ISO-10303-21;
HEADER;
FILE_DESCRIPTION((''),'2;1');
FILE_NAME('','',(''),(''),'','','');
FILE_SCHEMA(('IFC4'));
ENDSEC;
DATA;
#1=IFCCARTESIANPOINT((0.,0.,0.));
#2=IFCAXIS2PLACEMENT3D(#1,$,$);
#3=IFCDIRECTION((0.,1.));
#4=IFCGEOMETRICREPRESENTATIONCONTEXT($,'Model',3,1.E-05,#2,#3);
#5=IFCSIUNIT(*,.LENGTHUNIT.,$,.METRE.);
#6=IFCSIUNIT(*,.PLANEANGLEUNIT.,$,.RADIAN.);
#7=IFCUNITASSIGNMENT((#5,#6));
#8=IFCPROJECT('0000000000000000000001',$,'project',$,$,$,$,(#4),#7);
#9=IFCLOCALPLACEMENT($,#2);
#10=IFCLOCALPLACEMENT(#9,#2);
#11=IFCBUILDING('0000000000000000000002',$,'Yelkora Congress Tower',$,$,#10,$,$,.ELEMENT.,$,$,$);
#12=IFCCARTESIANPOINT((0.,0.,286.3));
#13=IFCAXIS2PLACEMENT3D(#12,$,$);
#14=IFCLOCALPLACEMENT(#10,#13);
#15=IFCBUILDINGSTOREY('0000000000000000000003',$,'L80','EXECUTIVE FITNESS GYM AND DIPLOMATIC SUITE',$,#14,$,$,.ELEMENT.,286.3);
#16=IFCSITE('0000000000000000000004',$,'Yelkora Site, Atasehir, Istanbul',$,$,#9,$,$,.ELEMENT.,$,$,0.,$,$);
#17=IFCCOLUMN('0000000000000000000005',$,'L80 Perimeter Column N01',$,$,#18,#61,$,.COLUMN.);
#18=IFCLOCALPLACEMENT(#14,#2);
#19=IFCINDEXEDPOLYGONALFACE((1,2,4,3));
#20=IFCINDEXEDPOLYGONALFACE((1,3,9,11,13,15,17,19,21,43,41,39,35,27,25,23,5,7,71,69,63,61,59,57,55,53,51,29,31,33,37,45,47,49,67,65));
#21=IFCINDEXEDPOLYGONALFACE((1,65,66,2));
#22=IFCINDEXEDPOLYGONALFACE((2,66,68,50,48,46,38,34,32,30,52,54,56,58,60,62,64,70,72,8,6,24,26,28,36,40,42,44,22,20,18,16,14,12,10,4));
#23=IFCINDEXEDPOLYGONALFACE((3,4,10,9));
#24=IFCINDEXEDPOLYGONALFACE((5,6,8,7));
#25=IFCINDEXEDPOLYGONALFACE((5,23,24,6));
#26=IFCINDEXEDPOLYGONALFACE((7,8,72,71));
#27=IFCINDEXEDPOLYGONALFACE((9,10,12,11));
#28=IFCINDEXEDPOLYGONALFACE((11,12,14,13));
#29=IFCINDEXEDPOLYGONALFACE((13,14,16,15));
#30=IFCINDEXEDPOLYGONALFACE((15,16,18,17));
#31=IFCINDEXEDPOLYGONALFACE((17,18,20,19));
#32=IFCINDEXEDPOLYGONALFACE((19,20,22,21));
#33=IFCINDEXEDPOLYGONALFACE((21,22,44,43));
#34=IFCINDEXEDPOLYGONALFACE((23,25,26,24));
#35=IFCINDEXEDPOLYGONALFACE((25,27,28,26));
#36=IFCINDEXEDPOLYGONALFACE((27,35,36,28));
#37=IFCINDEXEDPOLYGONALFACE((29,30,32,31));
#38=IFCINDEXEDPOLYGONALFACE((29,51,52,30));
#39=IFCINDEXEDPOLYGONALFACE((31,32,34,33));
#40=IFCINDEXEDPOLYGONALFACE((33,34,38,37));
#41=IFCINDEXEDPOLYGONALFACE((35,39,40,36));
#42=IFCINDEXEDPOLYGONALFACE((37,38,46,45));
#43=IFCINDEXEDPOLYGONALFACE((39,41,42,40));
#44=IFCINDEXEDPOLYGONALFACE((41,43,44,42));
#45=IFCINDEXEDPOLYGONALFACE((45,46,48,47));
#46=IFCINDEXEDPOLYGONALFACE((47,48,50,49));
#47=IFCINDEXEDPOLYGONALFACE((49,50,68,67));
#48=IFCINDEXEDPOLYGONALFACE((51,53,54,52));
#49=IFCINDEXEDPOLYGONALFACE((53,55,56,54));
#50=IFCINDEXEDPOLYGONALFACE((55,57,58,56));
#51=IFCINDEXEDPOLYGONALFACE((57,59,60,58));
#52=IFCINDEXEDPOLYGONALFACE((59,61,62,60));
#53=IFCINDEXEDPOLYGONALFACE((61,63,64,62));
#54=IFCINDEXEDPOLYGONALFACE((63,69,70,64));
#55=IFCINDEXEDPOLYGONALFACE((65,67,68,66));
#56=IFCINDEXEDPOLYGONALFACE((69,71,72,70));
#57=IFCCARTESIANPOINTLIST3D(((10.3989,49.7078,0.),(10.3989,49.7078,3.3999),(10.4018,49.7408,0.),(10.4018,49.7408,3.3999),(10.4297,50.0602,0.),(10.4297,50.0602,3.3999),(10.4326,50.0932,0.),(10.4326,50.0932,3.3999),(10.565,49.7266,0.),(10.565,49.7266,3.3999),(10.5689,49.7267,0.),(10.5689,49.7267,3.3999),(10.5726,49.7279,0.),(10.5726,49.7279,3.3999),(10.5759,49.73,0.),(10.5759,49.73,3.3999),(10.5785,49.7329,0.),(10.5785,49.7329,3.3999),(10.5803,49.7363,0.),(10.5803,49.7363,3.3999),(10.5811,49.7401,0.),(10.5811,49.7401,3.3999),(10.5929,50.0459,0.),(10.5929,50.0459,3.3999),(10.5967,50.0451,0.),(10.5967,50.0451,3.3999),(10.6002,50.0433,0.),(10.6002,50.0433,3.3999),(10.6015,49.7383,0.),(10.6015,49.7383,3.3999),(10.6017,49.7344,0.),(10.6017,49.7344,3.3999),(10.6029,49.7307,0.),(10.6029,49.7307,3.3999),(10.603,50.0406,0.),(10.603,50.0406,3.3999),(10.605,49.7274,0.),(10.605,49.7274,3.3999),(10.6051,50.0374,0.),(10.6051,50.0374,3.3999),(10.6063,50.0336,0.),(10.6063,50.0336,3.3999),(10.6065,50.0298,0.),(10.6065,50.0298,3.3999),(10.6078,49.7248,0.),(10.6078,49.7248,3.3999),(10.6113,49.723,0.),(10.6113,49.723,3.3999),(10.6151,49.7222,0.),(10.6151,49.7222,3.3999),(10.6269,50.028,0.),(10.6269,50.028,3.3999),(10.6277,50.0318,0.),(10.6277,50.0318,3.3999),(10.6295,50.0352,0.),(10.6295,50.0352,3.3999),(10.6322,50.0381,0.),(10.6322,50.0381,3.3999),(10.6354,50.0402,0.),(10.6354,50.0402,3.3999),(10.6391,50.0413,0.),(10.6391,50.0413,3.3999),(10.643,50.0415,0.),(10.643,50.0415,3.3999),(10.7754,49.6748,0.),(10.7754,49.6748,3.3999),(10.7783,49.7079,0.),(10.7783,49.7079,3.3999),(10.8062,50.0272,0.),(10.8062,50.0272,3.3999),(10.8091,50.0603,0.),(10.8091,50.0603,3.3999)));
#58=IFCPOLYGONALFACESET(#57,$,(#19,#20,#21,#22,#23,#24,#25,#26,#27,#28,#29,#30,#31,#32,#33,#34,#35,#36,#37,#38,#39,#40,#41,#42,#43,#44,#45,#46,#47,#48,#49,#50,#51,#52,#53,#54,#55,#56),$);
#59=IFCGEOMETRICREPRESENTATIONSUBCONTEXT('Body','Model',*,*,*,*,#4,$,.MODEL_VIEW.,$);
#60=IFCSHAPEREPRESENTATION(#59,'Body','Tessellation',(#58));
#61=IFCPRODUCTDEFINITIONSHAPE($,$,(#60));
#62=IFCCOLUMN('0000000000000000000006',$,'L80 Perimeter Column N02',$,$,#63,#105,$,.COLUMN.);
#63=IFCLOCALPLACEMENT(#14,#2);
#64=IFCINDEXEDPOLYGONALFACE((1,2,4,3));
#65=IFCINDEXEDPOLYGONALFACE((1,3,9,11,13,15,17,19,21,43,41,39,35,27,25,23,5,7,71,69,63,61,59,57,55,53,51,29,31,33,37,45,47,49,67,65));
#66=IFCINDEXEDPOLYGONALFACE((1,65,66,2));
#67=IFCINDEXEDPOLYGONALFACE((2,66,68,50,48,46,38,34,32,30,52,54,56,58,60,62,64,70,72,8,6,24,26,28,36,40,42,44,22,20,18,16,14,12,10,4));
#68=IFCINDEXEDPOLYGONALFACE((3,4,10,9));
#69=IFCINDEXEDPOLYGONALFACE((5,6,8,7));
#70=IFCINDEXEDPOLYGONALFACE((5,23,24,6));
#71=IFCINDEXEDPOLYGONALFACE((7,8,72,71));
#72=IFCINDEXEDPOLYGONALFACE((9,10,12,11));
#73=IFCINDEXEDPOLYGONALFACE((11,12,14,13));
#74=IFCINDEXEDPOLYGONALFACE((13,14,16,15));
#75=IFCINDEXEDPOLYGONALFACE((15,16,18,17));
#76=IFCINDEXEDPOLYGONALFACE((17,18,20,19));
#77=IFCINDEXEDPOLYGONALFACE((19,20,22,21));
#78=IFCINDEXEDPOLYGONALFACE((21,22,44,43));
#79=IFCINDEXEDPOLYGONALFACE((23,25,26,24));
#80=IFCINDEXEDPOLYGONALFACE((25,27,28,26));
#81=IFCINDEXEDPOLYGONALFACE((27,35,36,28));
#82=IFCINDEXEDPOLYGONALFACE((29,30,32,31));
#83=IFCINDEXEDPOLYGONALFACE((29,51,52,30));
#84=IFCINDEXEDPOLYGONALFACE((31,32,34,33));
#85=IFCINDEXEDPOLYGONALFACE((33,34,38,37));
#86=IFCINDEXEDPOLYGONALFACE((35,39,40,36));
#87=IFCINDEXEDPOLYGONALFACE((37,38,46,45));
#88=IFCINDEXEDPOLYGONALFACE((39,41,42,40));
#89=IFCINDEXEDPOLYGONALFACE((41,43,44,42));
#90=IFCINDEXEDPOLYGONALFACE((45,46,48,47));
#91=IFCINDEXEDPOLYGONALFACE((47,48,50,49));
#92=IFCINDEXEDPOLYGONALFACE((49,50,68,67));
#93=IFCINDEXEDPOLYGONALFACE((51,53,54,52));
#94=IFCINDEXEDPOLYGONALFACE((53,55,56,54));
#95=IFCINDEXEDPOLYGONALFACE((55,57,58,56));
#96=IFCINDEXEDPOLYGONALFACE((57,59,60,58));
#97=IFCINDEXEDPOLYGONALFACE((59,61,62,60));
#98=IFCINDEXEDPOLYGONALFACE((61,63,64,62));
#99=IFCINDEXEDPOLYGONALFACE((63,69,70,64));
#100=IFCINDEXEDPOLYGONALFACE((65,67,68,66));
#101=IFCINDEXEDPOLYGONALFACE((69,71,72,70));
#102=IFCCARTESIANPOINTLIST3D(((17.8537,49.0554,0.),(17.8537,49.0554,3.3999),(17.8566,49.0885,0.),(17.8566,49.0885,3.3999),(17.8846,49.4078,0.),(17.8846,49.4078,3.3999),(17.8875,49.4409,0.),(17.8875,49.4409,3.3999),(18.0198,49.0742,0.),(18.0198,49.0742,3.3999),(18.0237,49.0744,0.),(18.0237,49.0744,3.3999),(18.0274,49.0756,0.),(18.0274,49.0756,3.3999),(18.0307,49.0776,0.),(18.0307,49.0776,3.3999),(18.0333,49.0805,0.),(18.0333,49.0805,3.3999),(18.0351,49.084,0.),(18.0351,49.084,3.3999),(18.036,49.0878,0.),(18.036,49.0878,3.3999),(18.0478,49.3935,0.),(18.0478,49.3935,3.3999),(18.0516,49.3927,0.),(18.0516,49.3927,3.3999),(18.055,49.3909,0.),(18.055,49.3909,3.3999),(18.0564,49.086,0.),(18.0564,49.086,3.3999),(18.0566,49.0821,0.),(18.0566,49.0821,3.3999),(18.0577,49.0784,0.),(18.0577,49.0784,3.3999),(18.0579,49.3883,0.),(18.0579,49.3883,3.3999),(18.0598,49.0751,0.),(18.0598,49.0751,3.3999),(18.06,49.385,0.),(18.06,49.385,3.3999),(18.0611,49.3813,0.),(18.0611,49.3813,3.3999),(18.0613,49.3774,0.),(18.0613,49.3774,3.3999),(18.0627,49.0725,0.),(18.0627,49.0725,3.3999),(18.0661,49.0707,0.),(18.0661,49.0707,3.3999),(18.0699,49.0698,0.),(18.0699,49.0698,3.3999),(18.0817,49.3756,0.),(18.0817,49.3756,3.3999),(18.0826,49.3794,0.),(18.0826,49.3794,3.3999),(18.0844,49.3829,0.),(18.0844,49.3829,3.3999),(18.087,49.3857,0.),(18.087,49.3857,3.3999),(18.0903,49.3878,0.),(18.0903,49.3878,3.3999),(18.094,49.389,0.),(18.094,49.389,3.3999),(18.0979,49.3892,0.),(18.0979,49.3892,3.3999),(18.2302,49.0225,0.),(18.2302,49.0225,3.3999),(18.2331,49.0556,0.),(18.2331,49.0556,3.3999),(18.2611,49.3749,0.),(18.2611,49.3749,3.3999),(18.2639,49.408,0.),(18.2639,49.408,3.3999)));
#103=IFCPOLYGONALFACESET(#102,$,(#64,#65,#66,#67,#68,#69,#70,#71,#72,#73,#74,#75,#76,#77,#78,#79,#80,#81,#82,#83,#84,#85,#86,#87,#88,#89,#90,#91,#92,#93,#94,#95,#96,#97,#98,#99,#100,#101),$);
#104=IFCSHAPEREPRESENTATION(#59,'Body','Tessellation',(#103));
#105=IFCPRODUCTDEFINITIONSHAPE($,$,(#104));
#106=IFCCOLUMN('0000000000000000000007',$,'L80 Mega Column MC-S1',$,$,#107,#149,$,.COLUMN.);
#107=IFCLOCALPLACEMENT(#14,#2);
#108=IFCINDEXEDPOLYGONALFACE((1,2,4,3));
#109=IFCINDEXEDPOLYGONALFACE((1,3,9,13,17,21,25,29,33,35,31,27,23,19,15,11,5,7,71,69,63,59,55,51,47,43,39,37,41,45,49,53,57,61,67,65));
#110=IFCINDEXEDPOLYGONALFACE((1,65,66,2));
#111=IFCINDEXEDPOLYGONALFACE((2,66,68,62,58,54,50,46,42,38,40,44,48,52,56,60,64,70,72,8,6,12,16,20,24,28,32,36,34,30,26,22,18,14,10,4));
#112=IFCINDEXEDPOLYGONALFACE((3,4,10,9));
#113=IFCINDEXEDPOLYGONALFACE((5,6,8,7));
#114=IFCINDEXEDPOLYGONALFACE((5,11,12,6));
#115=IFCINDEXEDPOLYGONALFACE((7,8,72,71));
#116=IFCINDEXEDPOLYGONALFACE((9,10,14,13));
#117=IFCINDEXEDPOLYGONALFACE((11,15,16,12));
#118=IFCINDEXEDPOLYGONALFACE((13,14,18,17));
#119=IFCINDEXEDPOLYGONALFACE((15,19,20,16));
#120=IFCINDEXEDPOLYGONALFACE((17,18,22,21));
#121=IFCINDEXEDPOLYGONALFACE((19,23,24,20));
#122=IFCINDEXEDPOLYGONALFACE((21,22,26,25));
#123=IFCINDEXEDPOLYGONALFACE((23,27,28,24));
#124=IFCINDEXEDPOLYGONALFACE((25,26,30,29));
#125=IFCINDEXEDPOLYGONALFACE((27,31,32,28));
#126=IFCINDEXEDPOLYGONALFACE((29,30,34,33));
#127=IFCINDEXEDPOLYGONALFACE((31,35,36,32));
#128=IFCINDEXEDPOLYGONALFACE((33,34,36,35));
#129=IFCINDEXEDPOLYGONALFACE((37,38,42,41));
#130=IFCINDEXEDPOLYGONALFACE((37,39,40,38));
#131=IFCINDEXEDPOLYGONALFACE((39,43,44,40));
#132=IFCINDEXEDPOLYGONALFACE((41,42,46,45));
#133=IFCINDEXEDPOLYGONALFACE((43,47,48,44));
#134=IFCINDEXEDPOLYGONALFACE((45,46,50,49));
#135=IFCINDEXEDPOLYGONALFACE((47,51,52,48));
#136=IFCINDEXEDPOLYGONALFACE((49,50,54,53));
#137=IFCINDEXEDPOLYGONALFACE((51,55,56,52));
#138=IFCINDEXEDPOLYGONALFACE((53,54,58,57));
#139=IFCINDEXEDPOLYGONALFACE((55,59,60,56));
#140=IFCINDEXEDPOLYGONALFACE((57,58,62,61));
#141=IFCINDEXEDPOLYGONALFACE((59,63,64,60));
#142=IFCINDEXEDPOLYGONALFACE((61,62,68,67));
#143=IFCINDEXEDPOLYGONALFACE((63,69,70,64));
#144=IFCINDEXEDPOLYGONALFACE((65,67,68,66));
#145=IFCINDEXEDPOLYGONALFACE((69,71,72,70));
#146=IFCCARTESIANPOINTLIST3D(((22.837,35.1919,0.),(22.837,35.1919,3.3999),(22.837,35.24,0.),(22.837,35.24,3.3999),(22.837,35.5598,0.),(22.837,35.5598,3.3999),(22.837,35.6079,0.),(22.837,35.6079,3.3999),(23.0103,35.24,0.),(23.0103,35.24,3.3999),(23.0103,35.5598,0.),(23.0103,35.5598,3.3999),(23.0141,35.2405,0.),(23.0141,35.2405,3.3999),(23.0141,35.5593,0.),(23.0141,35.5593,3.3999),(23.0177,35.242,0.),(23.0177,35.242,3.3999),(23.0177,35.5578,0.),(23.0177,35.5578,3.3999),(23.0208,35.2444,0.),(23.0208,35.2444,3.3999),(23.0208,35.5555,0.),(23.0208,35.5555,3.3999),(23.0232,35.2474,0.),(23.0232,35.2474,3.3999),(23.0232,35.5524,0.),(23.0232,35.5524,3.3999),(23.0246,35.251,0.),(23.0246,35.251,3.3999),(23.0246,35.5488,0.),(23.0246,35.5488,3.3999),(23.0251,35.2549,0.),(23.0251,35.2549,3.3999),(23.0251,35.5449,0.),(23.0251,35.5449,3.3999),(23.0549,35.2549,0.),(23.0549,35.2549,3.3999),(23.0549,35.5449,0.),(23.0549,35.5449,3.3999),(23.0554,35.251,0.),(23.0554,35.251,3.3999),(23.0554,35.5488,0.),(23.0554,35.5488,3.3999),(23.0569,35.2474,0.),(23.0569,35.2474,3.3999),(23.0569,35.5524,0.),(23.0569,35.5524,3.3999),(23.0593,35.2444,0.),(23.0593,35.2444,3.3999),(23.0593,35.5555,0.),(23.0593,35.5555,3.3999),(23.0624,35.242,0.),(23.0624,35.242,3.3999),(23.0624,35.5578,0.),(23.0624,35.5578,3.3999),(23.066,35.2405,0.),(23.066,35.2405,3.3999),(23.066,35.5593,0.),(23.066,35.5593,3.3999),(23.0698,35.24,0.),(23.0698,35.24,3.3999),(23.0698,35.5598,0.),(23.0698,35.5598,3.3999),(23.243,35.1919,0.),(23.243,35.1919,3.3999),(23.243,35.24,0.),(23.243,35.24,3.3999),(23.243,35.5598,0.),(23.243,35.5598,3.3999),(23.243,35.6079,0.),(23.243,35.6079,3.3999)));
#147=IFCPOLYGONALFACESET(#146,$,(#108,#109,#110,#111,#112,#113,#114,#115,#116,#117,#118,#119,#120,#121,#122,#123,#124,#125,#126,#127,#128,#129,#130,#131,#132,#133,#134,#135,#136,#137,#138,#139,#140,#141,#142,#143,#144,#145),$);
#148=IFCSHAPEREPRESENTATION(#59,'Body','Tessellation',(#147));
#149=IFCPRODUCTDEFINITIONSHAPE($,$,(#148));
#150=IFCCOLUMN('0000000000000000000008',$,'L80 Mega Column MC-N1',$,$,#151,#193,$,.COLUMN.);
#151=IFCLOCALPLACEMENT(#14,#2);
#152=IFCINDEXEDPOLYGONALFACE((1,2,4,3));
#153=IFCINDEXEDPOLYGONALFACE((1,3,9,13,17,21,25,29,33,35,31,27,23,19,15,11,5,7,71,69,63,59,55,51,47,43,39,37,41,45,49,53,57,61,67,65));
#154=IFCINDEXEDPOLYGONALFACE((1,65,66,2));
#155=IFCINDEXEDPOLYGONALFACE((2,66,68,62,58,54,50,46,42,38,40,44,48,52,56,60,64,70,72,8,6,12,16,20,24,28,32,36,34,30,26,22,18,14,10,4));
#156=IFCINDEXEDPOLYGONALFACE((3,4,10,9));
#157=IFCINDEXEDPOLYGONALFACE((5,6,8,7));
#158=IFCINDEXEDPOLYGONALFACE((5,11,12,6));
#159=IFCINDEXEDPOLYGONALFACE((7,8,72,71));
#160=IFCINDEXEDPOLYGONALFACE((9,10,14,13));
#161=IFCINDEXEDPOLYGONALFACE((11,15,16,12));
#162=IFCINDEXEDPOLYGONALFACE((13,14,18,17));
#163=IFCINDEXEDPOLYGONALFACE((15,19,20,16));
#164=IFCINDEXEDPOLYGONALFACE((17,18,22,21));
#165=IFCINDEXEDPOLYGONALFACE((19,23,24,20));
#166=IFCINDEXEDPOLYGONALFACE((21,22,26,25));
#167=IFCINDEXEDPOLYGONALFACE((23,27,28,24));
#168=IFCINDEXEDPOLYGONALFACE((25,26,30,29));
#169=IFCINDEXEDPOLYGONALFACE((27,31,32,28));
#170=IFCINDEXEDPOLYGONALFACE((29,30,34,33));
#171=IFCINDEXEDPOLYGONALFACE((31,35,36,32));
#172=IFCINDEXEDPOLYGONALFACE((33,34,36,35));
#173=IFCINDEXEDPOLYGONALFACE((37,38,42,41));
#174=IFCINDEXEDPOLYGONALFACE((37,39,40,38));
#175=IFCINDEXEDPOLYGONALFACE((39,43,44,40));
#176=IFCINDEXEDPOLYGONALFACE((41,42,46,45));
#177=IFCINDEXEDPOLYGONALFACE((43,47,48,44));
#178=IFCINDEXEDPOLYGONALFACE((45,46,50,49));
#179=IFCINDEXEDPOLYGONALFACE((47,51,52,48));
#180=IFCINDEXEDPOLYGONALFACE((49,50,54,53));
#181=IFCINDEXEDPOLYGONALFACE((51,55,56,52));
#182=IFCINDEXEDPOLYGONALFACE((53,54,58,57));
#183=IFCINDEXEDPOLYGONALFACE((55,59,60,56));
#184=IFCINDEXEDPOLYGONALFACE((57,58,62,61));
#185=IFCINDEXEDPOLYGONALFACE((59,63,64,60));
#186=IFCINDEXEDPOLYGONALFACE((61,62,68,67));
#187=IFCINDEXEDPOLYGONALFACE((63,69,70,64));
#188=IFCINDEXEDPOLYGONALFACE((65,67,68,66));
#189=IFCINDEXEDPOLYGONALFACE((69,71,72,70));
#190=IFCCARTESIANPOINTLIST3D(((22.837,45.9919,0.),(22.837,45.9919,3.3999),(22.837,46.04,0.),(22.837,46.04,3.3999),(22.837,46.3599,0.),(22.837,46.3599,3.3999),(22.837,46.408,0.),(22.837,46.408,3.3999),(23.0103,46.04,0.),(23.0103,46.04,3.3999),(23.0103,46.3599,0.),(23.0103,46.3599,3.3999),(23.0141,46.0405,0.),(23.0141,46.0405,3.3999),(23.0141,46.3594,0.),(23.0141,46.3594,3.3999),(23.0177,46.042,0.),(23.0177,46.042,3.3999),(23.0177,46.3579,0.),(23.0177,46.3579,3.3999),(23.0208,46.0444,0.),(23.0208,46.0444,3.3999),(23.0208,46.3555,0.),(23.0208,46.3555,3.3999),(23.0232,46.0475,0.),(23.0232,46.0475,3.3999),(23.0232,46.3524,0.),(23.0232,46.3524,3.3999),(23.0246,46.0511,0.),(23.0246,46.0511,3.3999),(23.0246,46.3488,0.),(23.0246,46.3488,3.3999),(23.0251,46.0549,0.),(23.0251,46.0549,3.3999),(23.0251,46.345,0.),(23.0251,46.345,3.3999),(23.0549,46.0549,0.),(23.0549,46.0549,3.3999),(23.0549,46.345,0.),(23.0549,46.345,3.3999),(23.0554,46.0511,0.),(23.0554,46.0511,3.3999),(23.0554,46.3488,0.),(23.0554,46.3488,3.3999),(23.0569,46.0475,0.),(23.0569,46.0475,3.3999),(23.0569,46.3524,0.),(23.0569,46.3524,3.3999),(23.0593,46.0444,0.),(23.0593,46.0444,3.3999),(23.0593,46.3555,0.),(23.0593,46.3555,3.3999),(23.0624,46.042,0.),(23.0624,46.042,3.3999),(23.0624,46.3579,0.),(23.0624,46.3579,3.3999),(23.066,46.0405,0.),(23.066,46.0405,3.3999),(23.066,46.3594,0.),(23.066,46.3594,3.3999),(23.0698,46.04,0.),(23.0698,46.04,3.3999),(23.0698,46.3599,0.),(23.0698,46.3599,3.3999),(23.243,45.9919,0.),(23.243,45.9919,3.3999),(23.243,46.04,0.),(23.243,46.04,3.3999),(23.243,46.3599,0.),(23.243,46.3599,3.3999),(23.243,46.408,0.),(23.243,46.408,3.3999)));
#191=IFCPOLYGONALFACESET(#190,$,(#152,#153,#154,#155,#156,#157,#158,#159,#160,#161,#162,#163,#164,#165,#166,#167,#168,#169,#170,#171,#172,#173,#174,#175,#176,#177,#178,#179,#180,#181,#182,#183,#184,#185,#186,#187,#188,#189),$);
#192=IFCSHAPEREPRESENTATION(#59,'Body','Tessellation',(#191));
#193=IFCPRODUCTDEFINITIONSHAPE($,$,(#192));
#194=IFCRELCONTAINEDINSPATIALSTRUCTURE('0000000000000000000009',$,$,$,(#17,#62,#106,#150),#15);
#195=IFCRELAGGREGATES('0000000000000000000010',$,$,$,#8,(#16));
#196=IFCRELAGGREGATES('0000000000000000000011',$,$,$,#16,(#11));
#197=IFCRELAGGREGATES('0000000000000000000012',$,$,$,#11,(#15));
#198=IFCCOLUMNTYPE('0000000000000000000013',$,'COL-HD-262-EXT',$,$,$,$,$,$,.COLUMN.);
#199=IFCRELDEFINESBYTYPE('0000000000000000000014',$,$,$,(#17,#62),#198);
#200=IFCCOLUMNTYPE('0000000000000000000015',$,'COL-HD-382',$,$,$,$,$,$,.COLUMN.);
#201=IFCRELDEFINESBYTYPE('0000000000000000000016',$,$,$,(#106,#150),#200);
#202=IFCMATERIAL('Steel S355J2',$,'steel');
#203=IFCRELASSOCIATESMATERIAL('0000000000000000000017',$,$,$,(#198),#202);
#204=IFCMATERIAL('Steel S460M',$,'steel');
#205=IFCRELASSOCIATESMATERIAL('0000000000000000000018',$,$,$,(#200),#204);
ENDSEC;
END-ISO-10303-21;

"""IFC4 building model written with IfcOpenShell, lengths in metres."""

from ifc_helpers import new_model, si_unit, direction, frame, origin, origin_2d, place, context, subcontext, project, spatial, i_section, extrude, material, material_profile, profile_set, type_object, element, save


model = new_model("IFC4")

# Units and contexts
model_context = context("Model", 3, precision=1e-05, world=origin(), true_north=direction((0.0, 1.0)))
body_context = subcontext(model_context, "Body", "Model", "MODEL_VIEW")
ifc_project = project(units=[si_unit("LENGTHUNIT", "METRE"), si_unit("PLANEANGLEUNIT", "RADIAN")], contexts=[model_context])

# Site, building, storey
site_placement = place(None, origin())
site = spatial("IfcSite", under=ifc_project, at=site_placement, Name="Yelkora Site, Atasehir, Istanbul", CompositionType="ELEMENT", RefElevation=0.0)
building_placement = place(site_placement, origin())
building = spatial("IfcBuilding", under=site, at=building_placement, Name="Yelkora Congress Tower", CompositionType="ELEMENT")
storey_placement = place(building_placement, frame((0.0, 0.0, 286.3)))
storey = spatial("IfcBuildingStorey", under=building, at=storey_placement, Name="L80", Description="EXECUTIVE FITNESS GYM AND DIPLOMATIC SUITE", CompositionType="ELEMENT", Elevation=286.3)

# Columns
ifc_material_1 = material(Name="Steel S355J2", Category="steel")
ifc_material_profile_1 = material_profile(ifc_material_1, i_section(OverallWidth=0.3779, OverallDepth=0.387, WebThickness=0.0205, FlangeThickness=0.0332, FilletRadius=0.0149, at=origin_2d()), Name="HD 360x262")
ifc_profile_set_1 = profile_set([ifc_material_profile_1], Name="Steel S355J2")
column_type_1 = type_object("IfcColumnType", Name="COL-HD-262-EXT", PredefinedType="COLUMN", material=ifc_profile_set_1)
for number, where, z_axis, x_axis, name in (
    (1, (10.604, 49.884, 0.0), (0.0, 0.0, 1.0), (0.996195, -0.087156, 0.0), "L80 Perimeter Column N01"),
    (2, (18.0588, 49.2317, 0.0), (0.0, 0.0, 1.0), (0.996195, -0.087156, 0.0), "L80 Perimeter Column N02"),
):
    element("IfcColumn", number, at=place(storey_placement, frame(where, z_axis=z_axis, x_axis=x_axis)), inside=storey, type_object=column_type_1, Name=name, PredefinedType="COLUMN", context=body_context, shape_type="SweptSolid", body=[
        extrude(i_section(OverallWidth=0.3779, OverallDepth=0.387, WebThickness=0.0205, FlangeThickness=0.0332, FilletRadius=0.0149, at=origin_2d()), origin(), (0.0, 0.0, 1.0), 3.3999),
    ])
ifc_material_2 = material(Name="Steel S460M", Category="steel")
ifc_material_profile_2 = material_profile(ifc_material_2, i_section(OverallWidth=0.406, OverallDepth=0.416, WebThickness=0.0298, FlangeThickness=0.0481, FilletRadius=0.0149, at=origin_2d()), Name="HD 400x382")
ifc_profile_set_2 = profile_set([ifc_material_profile_2], Name="Steel S460M")
column_type_2 = type_object("IfcColumnType", Name="COL-HD-382", PredefinedType="COLUMN", material=ifc_profile_set_2)
for number, where, z_axis, x_axis, name in (
    (3, (23.04, 35.3999, 0.0), (0.0, 0.0, 1.0), (1.0, 0.0, 0.0), "L80 Mega Column MC-S1"),
    (4, (23.04, 46.2, 0.0), (0.0, 0.0, 1.0), (1.0, 0.0, 0.0), "L80 Mega Column MC-N1"),
):
    element("IfcColumn", number, at=place(storey_placement, frame(where, z_axis=z_axis, x_axis=x_axis)), inside=storey, type_object=column_type_2, Name=name, PredefinedType="COLUMN", context=body_context, shape_type="SweptSolid", body=[
        extrude(i_section(OverallWidth=0.406, OverallDepth=0.416, WebThickness=0.0298, FlangeThickness=0.0481, FilletRadius=0.0149, at=origin_2d()), origin(), (0.0, 0.0, 1.0), 3.3999),
    ])

save(model, "model.ifc")
